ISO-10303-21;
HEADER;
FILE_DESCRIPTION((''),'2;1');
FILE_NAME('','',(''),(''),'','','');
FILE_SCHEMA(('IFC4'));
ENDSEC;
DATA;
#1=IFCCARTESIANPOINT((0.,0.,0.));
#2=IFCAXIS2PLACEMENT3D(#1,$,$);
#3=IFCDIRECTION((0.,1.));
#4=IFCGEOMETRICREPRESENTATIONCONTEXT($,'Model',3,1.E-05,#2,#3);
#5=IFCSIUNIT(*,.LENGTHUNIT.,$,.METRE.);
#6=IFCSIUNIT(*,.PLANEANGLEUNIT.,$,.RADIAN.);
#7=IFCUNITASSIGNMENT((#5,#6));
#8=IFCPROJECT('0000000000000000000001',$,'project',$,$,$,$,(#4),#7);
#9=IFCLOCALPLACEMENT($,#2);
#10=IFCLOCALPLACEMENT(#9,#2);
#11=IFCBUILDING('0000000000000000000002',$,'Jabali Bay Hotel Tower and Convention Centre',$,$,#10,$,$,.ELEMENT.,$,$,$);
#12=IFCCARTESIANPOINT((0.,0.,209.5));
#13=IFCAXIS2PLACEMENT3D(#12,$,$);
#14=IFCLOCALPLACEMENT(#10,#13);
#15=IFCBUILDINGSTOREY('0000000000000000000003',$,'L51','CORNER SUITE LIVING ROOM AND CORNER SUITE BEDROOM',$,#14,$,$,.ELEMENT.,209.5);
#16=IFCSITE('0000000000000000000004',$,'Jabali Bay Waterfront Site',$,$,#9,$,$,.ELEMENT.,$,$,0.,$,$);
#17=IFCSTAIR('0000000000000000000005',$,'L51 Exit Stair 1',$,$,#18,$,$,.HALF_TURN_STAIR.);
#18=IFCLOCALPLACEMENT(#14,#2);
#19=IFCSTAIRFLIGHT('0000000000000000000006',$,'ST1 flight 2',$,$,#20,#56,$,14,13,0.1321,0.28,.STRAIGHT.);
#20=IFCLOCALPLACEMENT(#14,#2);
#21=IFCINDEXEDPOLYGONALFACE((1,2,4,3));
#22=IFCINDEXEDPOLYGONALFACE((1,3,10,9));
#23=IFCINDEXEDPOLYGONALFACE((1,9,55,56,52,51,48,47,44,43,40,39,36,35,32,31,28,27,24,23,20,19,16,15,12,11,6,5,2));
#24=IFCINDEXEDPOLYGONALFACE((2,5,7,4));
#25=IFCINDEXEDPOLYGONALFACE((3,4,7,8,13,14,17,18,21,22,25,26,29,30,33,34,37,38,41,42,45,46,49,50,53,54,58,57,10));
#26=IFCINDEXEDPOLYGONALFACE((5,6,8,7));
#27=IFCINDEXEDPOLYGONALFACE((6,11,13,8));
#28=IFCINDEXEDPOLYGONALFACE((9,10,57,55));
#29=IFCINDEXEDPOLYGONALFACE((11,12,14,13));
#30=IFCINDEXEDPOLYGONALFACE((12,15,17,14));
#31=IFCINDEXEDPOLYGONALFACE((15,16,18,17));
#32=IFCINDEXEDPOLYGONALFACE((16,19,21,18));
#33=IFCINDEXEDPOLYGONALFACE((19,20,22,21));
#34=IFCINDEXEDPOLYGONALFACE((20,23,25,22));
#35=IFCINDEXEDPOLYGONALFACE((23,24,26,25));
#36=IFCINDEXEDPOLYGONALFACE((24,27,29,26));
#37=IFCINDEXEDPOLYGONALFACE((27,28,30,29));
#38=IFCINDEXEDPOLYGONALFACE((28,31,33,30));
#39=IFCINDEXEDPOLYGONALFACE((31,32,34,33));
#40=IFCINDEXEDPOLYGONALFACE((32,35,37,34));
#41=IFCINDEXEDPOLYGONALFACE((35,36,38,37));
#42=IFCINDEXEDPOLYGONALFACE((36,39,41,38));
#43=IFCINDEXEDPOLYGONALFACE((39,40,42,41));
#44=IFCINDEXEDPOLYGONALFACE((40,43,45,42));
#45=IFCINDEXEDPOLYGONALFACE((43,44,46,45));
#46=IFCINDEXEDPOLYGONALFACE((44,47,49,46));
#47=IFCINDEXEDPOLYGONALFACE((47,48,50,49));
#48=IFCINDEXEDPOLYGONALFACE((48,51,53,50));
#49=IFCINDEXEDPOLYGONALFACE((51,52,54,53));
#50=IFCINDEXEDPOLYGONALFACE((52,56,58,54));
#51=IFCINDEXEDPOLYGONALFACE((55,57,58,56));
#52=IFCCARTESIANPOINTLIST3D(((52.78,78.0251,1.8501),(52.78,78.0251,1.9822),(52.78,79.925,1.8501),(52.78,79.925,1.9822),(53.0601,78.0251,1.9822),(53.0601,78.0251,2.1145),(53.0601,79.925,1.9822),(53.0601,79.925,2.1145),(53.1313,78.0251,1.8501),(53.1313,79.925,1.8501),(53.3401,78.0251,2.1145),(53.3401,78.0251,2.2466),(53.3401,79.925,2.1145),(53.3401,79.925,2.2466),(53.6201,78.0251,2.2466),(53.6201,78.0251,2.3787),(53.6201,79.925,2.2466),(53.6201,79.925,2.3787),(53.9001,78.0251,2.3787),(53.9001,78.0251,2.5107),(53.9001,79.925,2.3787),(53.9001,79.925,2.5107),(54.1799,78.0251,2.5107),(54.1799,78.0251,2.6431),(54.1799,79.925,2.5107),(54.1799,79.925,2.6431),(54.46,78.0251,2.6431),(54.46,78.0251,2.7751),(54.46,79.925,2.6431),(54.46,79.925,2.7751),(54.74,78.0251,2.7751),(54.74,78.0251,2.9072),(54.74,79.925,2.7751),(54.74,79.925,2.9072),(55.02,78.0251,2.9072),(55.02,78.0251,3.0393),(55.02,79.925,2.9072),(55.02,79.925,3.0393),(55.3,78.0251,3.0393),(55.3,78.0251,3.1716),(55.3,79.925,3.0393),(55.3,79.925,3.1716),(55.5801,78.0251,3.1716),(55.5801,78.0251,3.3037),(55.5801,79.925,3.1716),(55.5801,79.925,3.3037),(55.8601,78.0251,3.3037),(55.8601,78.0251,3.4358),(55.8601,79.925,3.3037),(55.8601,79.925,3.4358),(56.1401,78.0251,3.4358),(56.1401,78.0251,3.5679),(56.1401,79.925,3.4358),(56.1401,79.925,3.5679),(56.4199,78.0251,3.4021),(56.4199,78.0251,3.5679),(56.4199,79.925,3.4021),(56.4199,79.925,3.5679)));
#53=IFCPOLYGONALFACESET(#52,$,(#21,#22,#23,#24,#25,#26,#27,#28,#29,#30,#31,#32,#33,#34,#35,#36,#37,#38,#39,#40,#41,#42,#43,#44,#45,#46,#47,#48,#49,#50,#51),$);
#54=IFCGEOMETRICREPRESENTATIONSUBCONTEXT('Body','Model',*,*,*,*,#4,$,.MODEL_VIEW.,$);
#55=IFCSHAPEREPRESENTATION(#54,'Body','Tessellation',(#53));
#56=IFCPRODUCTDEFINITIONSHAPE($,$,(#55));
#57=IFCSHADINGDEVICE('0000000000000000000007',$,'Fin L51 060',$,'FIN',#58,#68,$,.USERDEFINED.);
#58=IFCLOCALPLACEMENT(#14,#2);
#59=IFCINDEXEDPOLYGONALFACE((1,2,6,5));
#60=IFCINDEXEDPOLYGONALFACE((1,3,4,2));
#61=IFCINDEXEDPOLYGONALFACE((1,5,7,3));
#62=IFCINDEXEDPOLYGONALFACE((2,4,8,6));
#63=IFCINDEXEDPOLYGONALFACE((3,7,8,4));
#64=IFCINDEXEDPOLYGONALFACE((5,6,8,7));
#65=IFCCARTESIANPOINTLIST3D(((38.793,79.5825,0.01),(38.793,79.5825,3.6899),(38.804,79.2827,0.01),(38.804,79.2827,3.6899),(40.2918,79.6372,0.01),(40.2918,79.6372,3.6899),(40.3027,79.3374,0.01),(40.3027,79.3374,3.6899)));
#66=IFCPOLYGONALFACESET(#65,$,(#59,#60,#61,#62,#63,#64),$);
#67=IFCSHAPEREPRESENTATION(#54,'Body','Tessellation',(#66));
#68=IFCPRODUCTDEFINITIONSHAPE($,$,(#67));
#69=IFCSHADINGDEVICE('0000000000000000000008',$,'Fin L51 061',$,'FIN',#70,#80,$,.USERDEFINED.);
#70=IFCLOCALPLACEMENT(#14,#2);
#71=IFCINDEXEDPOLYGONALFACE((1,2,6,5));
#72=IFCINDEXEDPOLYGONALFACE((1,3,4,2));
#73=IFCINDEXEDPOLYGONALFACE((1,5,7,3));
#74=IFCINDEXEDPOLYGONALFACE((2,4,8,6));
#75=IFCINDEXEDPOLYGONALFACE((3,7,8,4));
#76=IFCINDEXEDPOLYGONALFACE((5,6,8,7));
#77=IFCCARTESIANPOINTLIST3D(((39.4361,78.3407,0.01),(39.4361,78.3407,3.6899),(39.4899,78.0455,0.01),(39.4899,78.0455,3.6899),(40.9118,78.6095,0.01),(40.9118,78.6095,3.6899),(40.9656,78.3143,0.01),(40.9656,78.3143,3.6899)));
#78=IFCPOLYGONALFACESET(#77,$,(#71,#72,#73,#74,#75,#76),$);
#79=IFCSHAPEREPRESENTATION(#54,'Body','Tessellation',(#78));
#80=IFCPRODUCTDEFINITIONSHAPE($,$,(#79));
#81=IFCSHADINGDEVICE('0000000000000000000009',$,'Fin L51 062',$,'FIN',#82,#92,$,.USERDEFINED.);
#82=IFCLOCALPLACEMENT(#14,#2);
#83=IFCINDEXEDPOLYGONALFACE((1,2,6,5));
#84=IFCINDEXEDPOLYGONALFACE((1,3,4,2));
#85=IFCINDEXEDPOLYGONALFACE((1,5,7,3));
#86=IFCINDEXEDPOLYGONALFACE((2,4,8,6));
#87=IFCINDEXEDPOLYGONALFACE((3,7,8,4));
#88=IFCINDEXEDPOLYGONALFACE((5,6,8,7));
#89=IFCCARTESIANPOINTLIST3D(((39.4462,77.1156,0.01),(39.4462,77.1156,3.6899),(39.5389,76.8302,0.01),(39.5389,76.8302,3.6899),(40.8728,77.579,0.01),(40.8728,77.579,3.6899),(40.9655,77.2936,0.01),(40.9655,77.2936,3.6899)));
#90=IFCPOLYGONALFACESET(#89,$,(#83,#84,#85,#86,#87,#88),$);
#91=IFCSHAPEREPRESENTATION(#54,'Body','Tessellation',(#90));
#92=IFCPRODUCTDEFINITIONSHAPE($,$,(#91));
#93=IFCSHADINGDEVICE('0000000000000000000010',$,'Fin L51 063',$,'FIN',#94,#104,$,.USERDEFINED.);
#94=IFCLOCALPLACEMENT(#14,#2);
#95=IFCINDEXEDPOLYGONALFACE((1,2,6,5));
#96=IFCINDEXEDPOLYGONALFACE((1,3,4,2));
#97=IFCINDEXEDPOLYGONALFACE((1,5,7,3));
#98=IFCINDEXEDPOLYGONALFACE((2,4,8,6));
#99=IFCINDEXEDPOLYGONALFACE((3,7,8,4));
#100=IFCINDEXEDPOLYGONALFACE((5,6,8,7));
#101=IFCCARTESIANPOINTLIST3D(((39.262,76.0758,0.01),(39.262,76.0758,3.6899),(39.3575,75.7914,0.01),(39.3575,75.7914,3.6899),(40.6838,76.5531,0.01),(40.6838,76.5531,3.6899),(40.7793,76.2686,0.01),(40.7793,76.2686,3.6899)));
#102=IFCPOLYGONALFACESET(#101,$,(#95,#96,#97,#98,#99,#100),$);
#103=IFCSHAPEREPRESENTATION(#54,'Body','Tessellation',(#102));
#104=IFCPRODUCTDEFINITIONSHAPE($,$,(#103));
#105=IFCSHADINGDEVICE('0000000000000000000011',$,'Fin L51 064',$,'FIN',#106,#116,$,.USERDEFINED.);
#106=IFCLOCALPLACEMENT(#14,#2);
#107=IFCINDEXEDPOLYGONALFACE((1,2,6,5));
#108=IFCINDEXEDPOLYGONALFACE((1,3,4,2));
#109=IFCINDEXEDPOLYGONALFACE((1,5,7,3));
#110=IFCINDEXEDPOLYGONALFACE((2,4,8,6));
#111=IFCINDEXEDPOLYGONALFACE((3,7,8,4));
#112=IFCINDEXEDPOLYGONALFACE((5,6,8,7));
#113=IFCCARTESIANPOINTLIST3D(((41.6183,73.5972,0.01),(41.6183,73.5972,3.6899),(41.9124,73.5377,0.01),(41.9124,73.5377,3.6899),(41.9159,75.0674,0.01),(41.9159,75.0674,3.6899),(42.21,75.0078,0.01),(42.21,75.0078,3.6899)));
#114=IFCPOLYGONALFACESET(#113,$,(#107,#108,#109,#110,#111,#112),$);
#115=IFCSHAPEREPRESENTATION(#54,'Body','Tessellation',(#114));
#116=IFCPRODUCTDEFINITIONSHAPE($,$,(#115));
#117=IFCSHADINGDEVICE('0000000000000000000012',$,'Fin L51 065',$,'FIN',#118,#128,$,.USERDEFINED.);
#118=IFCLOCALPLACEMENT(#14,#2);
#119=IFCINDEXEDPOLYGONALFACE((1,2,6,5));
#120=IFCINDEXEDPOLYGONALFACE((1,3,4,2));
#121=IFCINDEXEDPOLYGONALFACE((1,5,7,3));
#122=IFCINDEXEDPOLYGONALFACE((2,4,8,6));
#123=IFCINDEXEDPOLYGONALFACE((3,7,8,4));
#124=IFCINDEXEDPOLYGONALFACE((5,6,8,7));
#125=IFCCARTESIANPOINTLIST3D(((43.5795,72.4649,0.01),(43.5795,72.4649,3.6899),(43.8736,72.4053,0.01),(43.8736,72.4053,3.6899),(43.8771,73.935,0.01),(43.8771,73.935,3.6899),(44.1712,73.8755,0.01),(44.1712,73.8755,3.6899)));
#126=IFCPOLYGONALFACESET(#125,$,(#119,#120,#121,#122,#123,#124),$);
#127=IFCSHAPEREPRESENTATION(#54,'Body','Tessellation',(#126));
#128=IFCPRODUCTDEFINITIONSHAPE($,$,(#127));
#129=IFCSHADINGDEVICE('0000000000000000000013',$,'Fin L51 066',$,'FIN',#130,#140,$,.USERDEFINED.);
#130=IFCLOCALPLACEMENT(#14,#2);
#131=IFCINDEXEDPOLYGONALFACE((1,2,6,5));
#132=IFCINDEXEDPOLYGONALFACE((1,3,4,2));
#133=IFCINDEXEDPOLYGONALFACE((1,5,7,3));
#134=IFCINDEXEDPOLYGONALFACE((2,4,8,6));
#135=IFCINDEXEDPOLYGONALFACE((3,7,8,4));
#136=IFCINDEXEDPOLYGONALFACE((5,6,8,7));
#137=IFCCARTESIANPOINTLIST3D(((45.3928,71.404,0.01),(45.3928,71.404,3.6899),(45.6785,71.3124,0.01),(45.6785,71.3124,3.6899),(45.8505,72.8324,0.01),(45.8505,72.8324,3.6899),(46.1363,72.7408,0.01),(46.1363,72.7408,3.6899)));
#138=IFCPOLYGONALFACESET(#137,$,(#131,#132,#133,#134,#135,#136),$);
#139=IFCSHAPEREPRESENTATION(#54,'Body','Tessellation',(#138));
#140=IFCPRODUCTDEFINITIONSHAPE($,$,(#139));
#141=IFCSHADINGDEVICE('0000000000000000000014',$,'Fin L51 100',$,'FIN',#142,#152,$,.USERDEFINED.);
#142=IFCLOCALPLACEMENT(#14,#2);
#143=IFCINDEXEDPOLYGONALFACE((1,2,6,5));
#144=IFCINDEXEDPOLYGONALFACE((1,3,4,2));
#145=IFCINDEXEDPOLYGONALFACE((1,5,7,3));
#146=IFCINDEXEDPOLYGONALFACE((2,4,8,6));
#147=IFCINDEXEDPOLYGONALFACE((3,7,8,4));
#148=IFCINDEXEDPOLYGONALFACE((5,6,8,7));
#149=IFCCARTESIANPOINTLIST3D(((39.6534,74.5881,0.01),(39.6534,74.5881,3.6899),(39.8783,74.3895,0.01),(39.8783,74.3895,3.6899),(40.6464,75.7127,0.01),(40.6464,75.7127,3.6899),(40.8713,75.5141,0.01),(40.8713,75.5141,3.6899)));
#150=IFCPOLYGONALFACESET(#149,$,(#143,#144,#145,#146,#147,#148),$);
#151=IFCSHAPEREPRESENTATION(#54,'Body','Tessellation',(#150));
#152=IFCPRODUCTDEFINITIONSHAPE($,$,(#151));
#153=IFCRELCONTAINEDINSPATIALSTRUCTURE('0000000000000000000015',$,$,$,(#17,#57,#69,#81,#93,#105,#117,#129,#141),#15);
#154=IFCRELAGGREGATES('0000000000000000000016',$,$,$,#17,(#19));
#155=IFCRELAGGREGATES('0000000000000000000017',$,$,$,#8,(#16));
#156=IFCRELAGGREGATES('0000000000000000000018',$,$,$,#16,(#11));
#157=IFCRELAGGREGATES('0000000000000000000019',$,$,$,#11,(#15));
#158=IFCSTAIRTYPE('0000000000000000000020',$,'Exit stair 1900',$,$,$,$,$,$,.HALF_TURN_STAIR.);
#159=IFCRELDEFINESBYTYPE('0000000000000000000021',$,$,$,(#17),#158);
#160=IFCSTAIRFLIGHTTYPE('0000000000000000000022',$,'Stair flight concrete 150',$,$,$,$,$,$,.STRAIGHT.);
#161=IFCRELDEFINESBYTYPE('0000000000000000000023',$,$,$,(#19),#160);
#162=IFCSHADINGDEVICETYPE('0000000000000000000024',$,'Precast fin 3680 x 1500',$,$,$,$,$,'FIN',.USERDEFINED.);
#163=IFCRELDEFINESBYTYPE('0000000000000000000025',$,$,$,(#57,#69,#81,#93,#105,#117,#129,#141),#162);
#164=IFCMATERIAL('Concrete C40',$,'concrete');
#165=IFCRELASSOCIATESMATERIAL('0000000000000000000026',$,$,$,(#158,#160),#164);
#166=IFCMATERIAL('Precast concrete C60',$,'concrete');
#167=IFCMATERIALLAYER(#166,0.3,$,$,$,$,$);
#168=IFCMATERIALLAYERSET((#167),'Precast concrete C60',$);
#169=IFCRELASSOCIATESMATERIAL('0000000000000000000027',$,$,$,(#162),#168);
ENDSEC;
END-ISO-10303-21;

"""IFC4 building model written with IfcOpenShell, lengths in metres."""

from ifc_helpers import new_model, si_unit, direction, frame, frame_2d, origin, place, context, subcontext, project, spatial, polyline, rectangle, outline, extrude, material, layer, layer_set, type_object, element, aggregate, save


model = new_model("IFC4")

# Units and contexts
model_context = context("Model", 3, precision=1e-05, world=origin(), true_north=direction((0.0, 1.0)))
body_context = subcontext(model_context, "Body", "Model", "MODEL_VIEW")
ifc_project = project(units=[si_unit("LENGTHUNIT", "METRE"), si_unit("PLANEANGLEUNIT", "RADIAN")], contexts=[model_context])

# Site, building, storey
site_placement = place(None, origin())
site = spatial("IfcSite", under=ifc_project, at=site_placement, Name="Jabali Bay Waterfront Site", CompositionType="ELEMENT", RefElevation=0.0)
building_placement = place(site_placement, origin())
building = spatial("IfcBuilding", under=site, at=building_placement, Name="Jabali Bay Hotel Tower and Convention Centre", CompositionType="ELEMENT")
storey_placement = place(building_placement, frame((0.0, 0.0, 209.5)))
storey = spatial("IfcBuildingStorey", under=building, at=storey_placement, Name="L51", Description="CORNER SUITE LIVING ROOM AND CORNER SUITE BEDROOM", CompositionType="ELEMENT", Elevation=209.5)

# Shared definitions
ifc_material_1 = material(Name="Concrete C40", Category="concrete")

# Stair, stair flight
stair_type = type_object("IfcStairType", Name="Exit stair 1900", PredefinedType="HALF_TURN_STAIR", material=ifc_material_1)
stair_placement = place(storey_placement, origin())
stair = element("IfcStair", 1, at=stair_placement, inside=storey, type_object=stair_type, Name="L51 Exit Stair 1", PredefinedType="HALF_TURN_STAIR")
stair_flight_type = type_object("IfcStairFlightType", Name="Stair flight concrete 150", PredefinedType="STRAIGHT", material=ifc_material_1)
stair_flight_placement = place(storey_placement, frame((52.78, 78.9751, 1.8501), z_axis=(0.0, 0.0, 1.0), x_axis=(1.0, 0.0, 0.0)))
stair_flight = element("IfcStairFlight", 2, at=stair_flight_placement, type_object=stair_flight_type, Name="ST1 flight 2", NumberOfRisers=14, NumberOfTreads=13, PredefinedType="STRAIGHT", RiserHeight=0.1321, TreadLength=0.28, context=body_context, shape_type="SweptSolid", body=[
    extrude(outline(polyline([(0.0, 0.0), (0.0, 0.1321), (0.28, 0.1321), (0.28, 0.2644), (0.5601, 0.2644), (0.5601, 0.3965), (0.8401, 0.3965), (0.8401, 0.5286), (1.1201, 0.5286), (1.1201, 0.6606), (1.3999, 0.6606), (1.3999, 0.793), (1.6799, 0.793), (1.6799, 0.925), (1.96, 0.925), (1.96, 1.0571), (2.24, 1.0571), (2.24, 1.1892), (2.52, 1.1892), (2.52, 1.3215), (2.8, 1.3215), (2.8, 1.4536), (3.0801, 1.4536), (3.0801, 1.5857), (3.3601, 1.5857), (3.3601, 1.7178), (3.6399, 1.7178), (3.6399, 1.8501), (3.6399, 1.552), (0.3513, 0.0), (0.0, 0.0)])), frame((0.0, 0.95, 0.0), z_axis=(0.0, -1.0, 0.0), x_axis=(1.0, 0.0, 0.0)), (0.0, 0.0, 1.0), 1.8999),
])
aggregate(stair, [stair_flight])

# Shading devices
ifc_material_2 = material(Name="Precast concrete C60", Category="concrete")
ifc_layer_1 = layer(ifc_material_2, 0.3)
ifc_layer_set_1 = layer_set([ifc_layer_1], Name="Precast concrete C60")
shading_device_type = type_object("IfcShadingDeviceType", Name="Precast fin 3680 x 1500", ElementType="FIN", PredefinedType="USERDEFINED", material=ifc_layer_set_1)
shading_device_1_placement = place(storey_placement, frame((40.2974, 79.4873, 0.01), z_axis=(0.0, 0.0, 1.0), x_axis=(-0.999335, -0.036464, 0.0)))
element("IfcShadingDevice", 3, at=shading_device_1_placement, inside=storey, type_object=shading_device_type, Name="Fin L51 060", ObjectType="FIN", PredefinedType="USERDEFINED", context=body_context, shape_type="SweptSolid", body=[
    extrude(rectangle(XDim=1.4998, YDim=0.3, at=frame_2d((0.75, 0.0))), origin(), (0.0, 0.0, 1.0), 3.6799),
])
for number, where, z_axis, x_axis, name in (
    (4, (40.9387, 78.4619, 0.01), (0.0, 0.0, 1.0), (-0.983815, -0.179186, 0.0), "Fin L51 061"),
    (5, (40.9192, 77.4363, 0.01), (0.0, 0.0, 1.0), (-0.951081, -0.308943, 0.0), "Fin L51 062"),
):
    element("IfcShadingDevice", number, at=place(storey_placement, frame(where, z_axis=z_axis, x_axis=x_axis)), inside=storey, type_object=shading_device_type, Name=name, ObjectType="FIN", PredefinedType="USERDEFINED", context=body_context, shape_type="SweptSolid", body=[
        extrude(rectangle(XDim=1.5, YDim=0.3, at=frame_2d((0.75, 0.0))), origin(), (0.0, 0.0, 1.0), 3.6799),
    ])
shading_device_2_placement = place(storey_placement, frame((40.7317, 76.4109, 0.01), z_axis=(0.0, 0.0, 1.0), x_axis=(-0.948014, -0.318229, 0.0)))
element("IfcShadingDevice", 6, at=shading_device_2_placement, inside=storey, type_object=shading_device_type, Name="Fin L51 063", ObjectType="FIN", PredefinedType="USERDEFINED", context=body_context, shape_type="SweptSolid", body=[
    extrude(rectangle(XDim=1.4998, YDim=0.3, at=frame_2d((0.75, 0.0))), origin(), (0.0, 0.0, 1.0), 3.6799),
])
for number, where, z_axis, x_axis, name in (
    (7, (42.063, 75.0376, 0.01), (0.0, 0.0, 1.0), (-0.1984, -0.980121, 0.0), "Fin L51 064"),
    (8, (44.0242, 73.9053, 0.01), (0.0, 0.0, 1.0), (-0.1984, -0.980121, 0.0), "Fin L51 065"),
    (9, (45.9934, 72.7866, 0.01), (0.0, 0.0, 1.0), (-0.305171, -0.952297, 0.0), "Fin L51 066"),
):
    element("IfcShadingDevice", number, at=place(storey_placement, frame(where, z_axis=z_axis, x_axis=x_axis)), inside=storey, type_object=shading_device_type, Name=name, ObjectType="FIN", PredefinedType="USERDEFINED", context=body_context, shape_type="SweptSolid", body=[
        extrude(rectangle(XDim=1.5, YDim=0.3, at=frame_2d((0.75, 0.0))), origin(), (0.0, 0.0, 1.0), 3.6799),
    ])
shading_device_3_placement = place(storey_placement, frame((40.7588, 75.6133, 0.01), z_axis=(0.0, 0.0, 1.0), x_axis=(-0.661885, -0.749605, 0.0)))
element("IfcShadingDevice", 10, at=shading_device_3_placement, inside=storey, type_object=shading_device_type, Name="Fin L51 100", ObjectType="FIN", PredefinedType="USERDEFINED", context=body_context, shape_type="SweptSolid", body=[
    extrude(rectangle(XDim=1.5002, YDim=0.3, at=frame_2d((0.75, 0.0))), origin(), (0.0, 0.0, 1.0), 3.6799),
])

save(model, "model.ifc")
